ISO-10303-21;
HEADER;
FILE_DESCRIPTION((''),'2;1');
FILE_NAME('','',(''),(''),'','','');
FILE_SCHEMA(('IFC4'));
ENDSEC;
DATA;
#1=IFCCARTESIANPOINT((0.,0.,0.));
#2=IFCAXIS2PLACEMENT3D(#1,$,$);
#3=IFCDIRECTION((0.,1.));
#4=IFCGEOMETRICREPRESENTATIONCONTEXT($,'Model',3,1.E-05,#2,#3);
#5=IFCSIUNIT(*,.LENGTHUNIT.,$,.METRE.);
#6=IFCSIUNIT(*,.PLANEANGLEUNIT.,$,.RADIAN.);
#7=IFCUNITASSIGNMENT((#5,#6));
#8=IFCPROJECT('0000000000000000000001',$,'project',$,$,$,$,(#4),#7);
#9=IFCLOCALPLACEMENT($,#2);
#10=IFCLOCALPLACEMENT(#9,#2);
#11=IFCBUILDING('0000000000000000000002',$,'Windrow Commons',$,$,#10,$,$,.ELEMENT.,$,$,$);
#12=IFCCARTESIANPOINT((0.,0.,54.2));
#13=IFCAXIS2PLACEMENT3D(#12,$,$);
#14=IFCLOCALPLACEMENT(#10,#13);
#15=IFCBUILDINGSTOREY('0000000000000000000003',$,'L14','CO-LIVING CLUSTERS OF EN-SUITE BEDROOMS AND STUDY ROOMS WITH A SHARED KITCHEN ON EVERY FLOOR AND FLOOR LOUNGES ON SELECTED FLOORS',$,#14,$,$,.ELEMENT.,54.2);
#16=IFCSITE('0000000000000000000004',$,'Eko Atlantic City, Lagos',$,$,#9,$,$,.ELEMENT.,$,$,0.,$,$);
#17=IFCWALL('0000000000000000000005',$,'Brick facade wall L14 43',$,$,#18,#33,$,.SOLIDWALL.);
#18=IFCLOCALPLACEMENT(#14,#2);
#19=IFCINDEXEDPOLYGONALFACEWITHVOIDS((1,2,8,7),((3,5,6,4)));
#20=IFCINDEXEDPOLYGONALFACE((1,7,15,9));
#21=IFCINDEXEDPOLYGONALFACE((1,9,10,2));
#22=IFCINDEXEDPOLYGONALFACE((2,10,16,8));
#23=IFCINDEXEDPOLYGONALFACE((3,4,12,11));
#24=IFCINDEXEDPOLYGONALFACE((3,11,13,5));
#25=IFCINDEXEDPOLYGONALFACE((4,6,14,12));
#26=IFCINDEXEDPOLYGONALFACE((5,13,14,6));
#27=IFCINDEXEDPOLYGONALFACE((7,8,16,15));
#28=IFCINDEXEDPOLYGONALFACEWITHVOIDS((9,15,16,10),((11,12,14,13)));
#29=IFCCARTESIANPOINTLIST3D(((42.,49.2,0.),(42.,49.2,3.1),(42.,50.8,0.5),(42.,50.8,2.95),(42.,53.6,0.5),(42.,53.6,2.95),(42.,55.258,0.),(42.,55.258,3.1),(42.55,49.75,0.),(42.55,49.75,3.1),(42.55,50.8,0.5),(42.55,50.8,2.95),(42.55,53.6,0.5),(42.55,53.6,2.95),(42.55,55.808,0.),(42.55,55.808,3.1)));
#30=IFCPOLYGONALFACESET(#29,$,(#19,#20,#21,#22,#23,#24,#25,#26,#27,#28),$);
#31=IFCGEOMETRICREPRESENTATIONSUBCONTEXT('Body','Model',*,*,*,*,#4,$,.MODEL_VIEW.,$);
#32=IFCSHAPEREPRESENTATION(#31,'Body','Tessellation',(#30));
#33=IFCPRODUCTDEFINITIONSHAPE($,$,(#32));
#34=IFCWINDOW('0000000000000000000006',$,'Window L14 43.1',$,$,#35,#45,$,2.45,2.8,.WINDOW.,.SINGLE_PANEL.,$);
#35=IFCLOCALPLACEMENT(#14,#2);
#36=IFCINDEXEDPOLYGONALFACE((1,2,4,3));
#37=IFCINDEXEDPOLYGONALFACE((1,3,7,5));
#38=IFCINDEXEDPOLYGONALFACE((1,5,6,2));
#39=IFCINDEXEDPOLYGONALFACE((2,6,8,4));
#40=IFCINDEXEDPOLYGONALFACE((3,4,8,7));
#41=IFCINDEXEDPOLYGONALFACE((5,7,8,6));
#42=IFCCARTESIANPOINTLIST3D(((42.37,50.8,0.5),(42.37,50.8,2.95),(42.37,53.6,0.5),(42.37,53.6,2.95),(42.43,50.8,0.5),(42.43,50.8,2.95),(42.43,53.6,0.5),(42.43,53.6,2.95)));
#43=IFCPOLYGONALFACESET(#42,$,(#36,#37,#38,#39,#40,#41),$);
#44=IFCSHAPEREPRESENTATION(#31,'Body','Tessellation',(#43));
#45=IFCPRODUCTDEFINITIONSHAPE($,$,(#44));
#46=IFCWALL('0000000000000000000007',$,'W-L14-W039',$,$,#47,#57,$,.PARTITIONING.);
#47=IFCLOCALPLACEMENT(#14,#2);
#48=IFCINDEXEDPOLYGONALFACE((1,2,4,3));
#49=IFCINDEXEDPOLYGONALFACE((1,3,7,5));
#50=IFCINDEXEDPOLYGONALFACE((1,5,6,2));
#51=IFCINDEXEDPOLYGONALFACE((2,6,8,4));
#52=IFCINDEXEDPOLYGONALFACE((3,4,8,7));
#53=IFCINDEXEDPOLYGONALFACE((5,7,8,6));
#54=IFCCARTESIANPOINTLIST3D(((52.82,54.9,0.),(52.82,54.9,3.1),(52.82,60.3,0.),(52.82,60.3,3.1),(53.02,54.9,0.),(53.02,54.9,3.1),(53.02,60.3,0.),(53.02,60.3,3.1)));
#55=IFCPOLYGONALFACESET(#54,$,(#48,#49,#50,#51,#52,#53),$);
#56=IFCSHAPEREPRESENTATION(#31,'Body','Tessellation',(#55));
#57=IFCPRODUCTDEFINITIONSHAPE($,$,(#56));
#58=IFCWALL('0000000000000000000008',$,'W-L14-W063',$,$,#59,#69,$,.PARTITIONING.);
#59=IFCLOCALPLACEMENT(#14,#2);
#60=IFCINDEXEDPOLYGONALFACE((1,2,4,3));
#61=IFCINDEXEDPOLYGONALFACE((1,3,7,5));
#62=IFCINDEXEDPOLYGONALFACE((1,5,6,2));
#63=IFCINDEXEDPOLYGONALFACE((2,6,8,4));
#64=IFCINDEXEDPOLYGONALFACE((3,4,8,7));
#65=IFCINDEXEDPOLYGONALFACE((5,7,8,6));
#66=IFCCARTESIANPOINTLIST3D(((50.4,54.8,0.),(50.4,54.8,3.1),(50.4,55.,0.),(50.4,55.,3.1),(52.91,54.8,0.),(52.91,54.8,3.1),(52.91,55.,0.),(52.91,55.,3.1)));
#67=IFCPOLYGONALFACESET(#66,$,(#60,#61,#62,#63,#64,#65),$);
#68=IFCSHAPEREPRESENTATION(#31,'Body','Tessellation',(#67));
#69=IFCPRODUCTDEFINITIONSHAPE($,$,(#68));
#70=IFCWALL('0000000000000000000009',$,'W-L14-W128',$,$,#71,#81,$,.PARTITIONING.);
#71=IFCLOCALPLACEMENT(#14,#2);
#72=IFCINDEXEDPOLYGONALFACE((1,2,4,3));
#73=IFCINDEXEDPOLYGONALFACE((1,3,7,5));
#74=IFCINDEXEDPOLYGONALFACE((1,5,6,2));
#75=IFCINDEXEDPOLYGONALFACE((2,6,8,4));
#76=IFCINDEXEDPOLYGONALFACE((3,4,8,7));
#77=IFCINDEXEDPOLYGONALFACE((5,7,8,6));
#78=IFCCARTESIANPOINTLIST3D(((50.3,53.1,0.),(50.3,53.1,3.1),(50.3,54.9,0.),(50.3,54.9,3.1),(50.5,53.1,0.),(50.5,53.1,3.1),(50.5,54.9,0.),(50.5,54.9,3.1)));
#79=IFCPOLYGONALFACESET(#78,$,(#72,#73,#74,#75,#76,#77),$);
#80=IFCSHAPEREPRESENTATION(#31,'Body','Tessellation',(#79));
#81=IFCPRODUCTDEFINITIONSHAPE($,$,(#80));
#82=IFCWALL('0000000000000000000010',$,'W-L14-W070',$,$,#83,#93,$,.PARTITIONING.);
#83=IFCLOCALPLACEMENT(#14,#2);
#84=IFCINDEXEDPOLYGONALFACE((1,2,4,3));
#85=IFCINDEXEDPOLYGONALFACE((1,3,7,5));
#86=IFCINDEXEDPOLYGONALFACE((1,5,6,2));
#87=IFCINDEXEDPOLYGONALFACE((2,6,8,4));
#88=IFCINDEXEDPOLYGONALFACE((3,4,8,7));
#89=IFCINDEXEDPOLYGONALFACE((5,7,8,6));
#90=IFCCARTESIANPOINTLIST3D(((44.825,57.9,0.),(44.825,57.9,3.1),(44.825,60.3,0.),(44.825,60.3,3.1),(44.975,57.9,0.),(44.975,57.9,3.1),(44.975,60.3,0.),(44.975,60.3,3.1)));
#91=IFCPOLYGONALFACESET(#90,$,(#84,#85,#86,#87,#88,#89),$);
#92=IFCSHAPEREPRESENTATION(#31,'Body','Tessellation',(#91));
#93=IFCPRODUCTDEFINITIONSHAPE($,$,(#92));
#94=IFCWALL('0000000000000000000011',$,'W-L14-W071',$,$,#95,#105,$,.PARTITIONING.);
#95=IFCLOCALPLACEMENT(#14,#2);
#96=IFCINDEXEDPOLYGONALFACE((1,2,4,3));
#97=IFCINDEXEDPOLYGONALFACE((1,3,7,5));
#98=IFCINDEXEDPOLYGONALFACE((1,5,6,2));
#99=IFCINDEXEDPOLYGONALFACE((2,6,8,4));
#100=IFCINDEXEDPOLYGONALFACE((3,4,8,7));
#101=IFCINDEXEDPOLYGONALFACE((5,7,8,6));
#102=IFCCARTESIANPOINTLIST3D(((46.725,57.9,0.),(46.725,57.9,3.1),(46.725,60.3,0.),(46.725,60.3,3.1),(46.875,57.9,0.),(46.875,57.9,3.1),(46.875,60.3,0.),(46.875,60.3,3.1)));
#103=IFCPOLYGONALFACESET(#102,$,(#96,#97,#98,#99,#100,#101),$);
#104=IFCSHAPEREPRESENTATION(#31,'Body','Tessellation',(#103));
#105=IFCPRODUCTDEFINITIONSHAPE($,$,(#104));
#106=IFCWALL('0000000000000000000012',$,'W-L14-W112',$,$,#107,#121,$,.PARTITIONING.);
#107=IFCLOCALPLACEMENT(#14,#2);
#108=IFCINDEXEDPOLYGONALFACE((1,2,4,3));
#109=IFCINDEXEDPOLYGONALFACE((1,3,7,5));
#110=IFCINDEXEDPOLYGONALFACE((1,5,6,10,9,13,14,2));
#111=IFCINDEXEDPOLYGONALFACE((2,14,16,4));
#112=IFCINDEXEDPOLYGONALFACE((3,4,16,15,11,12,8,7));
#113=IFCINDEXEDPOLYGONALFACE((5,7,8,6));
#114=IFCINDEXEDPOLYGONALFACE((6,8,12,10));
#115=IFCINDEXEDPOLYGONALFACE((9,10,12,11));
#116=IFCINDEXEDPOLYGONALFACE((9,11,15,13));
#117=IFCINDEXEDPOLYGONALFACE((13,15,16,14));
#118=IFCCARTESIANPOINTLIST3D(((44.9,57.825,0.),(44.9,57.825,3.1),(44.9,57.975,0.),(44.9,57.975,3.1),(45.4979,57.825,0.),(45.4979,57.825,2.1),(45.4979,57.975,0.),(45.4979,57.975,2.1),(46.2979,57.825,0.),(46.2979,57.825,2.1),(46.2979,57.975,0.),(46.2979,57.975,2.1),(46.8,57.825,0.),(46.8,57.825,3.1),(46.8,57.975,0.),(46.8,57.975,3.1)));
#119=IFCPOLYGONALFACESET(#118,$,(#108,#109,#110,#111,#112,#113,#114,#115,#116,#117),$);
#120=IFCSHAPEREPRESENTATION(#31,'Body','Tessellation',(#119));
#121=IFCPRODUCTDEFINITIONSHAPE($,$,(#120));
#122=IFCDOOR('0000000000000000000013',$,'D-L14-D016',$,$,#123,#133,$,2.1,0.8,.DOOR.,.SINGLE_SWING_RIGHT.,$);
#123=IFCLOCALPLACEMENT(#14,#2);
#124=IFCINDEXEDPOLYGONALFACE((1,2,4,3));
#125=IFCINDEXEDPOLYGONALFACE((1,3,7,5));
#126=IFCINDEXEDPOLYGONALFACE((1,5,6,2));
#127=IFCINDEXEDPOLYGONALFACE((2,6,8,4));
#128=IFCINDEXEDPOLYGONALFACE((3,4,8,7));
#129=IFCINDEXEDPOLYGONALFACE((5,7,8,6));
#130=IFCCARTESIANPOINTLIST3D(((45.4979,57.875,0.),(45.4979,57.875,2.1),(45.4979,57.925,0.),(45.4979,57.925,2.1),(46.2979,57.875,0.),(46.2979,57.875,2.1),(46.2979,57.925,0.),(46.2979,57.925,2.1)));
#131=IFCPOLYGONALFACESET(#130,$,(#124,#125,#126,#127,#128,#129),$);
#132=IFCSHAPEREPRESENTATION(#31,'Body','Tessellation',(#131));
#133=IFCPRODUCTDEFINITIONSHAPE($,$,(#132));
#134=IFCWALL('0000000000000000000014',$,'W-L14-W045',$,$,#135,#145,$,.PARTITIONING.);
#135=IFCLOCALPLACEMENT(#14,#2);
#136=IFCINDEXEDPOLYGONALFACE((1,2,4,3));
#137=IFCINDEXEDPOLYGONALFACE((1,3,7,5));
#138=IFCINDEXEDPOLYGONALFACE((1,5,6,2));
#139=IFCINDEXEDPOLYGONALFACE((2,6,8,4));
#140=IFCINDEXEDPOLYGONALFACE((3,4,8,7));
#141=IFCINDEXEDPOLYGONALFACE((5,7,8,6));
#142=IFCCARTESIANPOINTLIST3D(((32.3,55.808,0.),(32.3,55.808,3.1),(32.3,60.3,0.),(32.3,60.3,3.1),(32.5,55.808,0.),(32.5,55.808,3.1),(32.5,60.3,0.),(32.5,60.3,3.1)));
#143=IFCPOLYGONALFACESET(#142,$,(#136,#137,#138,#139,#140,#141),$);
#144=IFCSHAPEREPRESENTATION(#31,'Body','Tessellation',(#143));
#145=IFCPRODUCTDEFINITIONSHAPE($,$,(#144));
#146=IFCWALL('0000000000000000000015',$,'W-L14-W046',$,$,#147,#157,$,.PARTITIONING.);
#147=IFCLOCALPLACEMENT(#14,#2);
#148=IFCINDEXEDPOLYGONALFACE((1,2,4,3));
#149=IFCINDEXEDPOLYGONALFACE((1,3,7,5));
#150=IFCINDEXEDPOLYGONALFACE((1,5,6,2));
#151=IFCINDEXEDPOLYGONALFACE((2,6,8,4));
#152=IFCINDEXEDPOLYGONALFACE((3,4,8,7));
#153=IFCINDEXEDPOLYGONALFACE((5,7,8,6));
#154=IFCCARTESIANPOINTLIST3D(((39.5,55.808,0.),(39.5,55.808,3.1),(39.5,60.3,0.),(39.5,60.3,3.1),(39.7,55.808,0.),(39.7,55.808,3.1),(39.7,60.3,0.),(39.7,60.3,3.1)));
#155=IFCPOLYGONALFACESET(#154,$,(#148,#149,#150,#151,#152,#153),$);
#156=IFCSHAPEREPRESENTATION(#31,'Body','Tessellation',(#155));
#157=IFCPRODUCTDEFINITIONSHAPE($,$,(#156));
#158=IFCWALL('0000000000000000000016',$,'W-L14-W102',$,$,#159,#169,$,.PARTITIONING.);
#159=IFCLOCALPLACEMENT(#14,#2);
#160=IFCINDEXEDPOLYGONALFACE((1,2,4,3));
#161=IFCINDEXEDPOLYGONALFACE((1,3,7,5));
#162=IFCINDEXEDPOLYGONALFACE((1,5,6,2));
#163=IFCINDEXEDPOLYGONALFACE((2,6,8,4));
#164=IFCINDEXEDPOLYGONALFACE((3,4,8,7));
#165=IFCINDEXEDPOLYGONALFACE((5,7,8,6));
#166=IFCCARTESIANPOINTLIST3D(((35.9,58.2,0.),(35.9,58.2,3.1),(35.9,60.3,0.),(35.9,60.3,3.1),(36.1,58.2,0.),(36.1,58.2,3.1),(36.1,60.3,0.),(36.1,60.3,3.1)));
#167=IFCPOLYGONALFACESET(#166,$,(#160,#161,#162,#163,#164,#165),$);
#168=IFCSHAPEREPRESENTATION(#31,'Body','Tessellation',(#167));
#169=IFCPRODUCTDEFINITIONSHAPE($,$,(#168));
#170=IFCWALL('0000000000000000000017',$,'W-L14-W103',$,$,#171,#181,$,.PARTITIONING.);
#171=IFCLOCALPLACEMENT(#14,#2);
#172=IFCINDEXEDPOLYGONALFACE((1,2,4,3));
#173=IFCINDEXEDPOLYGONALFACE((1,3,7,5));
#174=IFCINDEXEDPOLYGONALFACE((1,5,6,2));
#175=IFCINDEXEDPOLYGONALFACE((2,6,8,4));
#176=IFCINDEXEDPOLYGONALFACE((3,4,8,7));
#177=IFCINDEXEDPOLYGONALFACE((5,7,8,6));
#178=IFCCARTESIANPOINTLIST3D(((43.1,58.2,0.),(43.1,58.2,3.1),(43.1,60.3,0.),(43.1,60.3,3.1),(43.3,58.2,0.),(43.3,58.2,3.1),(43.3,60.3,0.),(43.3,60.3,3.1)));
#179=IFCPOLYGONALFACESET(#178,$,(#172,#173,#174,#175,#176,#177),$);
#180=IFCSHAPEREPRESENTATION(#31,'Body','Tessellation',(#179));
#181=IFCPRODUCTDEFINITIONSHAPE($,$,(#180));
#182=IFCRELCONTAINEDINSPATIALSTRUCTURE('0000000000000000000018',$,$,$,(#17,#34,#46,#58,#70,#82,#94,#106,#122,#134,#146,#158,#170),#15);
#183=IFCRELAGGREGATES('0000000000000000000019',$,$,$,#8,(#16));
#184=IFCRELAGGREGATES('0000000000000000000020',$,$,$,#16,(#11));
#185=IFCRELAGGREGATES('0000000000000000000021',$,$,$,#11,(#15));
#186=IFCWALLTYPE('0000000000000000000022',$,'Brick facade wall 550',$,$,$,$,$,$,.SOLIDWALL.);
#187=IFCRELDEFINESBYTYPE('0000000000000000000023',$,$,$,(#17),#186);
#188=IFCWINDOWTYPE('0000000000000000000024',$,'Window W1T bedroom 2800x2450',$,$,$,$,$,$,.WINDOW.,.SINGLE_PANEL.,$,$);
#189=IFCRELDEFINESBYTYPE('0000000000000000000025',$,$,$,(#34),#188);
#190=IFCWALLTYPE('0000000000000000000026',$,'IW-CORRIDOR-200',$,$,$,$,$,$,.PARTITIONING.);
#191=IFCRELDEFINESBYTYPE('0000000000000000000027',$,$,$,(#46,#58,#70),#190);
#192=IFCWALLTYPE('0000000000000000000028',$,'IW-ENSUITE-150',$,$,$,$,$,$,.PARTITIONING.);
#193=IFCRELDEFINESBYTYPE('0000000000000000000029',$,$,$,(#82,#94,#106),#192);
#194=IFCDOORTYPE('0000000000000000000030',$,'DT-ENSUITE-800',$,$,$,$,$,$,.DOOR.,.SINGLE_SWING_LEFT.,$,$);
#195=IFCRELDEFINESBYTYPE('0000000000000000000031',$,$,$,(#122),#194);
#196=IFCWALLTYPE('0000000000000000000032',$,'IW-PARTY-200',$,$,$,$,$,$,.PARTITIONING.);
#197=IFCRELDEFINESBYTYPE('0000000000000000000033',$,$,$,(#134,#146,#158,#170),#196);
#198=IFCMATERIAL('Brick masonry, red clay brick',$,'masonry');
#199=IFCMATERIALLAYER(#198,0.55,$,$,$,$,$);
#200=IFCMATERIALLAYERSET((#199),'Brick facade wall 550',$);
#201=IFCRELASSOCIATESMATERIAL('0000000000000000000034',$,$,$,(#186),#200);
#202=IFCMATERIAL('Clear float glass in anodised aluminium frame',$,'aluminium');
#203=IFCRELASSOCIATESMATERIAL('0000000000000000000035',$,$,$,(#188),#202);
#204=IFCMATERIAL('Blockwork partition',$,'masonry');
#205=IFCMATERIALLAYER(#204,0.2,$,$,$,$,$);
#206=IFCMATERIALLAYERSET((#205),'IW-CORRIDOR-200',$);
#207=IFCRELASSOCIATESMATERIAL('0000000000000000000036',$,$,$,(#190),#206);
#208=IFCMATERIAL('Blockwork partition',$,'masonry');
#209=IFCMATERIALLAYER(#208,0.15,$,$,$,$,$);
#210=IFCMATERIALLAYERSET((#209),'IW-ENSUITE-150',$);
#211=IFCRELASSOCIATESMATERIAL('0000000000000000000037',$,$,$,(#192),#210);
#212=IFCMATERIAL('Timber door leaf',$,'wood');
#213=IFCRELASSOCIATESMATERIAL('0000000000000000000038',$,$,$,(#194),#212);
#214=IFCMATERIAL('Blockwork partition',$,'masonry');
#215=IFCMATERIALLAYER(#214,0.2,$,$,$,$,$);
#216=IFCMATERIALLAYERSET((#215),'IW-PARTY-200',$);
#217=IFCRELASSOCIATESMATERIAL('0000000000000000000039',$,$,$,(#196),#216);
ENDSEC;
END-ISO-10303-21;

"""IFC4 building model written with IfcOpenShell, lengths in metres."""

from ifc_helpers import new_model, si_unit, direction, frame, frame_2d, origin, place, context, subcontext, project, spatial, polyline, rectangle, outline, extrude, material, layer, layer_set, type_object, element, fill, save


model = new_model("IFC4")

# Units and contexts
model_context = context("Model", 3, precision=1e-05, world=origin(), true_north=direction((0.0, 1.0)))
body_context = subcontext(model_context, "Body", "Model", "MODEL_VIEW")
ifc_project = project(units=[si_unit("LENGTHUNIT", "METRE"), si_unit("PLANEANGLEUNIT", "RADIAN")], contexts=[model_context])

# Site, building, storey
site_placement = place(None, origin())
site = spatial("IfcSite", under=ifc_project, at=site_placement, Name="Eko Atlantic City, Lagos", CompositionType="ELEMENT", RefElevation=0.0)
building_placement = place(site_placement, origin())
building = spatial("IfcBuilding", under=site, at=building_placement, Name="Windrow Commons", CompositionType="ELEMENT")
storey_placement = place(building_placement, frame((0.0, 0.0, 54.2)))
storey = spatial("IfcBuildingStorey", under=building, at=storey_placement, Name="L14", Description="CO-LIVING CLUSTERS OF EN-SUITE BEDROOMS AND STUDY ROOMS WITH A SHARED KITCHEN ON EVERY FLOOR AND FLOOR LOUNGES ON SELECTED FLOORS", CompositionType="ELEMENT", Elevation=54.2)

# Shared definitions
ifc_material_1 = material(Name="Brick masonry, red clay brick", Category="masonry")
ifc_layer_1 = layer(ifc_material_1, 0.55)
ifc_layer_set_1 = layer_set([ifc_layer_1], Name="Brick facade wall 550")
wall_type_1 = type_object("IfcWallType", Name="Brick facade wall 550", PredefinedType="SOLIDWALL", material=ifc_layer_set_1)
ifc_material_2 = material(Name="Clear float glass in anodised aluminium frame", Category="aluminium")
window_type_1 = type_object("IfcWindowType", Name="Window W1T bedroom 2800x2450", PartitioningType="SINGLE_PANEL", PredefinedType="WINDOW", material=ifc_material_2)

# Wall, opening, window
wall_1_placement = place(storey_placement, frame((42.275, 55.533, 0.0), z_axis=(0.0, 0.0, 1.0), x_axis=(0.0, -1.0, 0.0)))
wall_1 = element("IfcWall", 1, at=wall_1_placement, inside=storey, type_object=wall_type_1, Name="Brick facade wall L14 43", PredefinedType="SOLIDWALL", context=body_context, shape_type="SweptSolid", body=[
    extrude(outline(polyline([(0.275, -0.275), (6.333, -0.275), (5.783, 0.275), (-0.275, 0.275), (0.275, -0.275)])), origin(), (0.0, 0.0, 1.0), 3.1),
])
opening_1_placement = place(wall_1_placement, frame((1.933, 0.0, 0.5)))
opening_1 = element("IfcOpeningElement", 2, at=opening_1_placement, cuts=wall_1, PredefinedType="OPENING", context=body_context, shape_type="SweptSolid", body=[
    extrude(rectangle(XDim=2.8, YDim=2.45, at=frame_2d((1.4, 1.225))), frame((0.0, 0.285, 0.0), z_axis=(0.0, -1.0, 0.0), x_axis=(1.0, 0.0, 0.0)), (0.0, 0.0, 1.0), 0.57),
])
window_1_placement = place(opening_1_placement, origin())
window_1 = element("IfcWindow", 3, at=window_1_placement, inside=storey, type_object=window_type_1, Name="Window L14 43.1", OverallHeight=2.45, OverallWidth=2.8, PartitioningType="SINGLE_PANEL", PredefinedType="WINDOW", context=body_context, shape_type="SweptSolid", body=[
    extrude(rectangle(XDim=2.8, YDim=2.45, at=frame_2d((1.4, 1.225))), frame((0.0, 0.155, 0.0), z_axis=(0.0, -1.0, 0.0), x_axis=(1.0, 0.0, 0.0)), (0.0, 0.0, 1.0), 0.06),
])
fill(opening_1, window_1)

# Walls
ifc_material_3 = material(Name="Blockwork partition", Category="masonry")
ifc_layer_2 = layer(ifc_material_3, 0.2)
ifc_layer_set_2 = layer_set([ifc_layer_2], Name="IW-CORRIDOR-200")
wall_type_2 = type_object("IfcWallType", Name="IW-CORRIDOR-200", PredefinedType="PARTITIONING", material=ifc_layer_set_2)
wall_2_placement = place(storey_placement, frame((52.92, 54.9, 0.0), z_axis=(0.0, 0.0, 1.0), x_axis=(0.0, 1.0, 0.0)))
element("IfcWall", 4, at=wall_2_placement, inside=storey, type_object=wall_type_2, Name="W-L14-W039", PredefinedType="PARTITIONING", context=body_context, shape_type="SweptSolid", body=[
    extrude(rectangle(XDim=5.4, YDim=0.2, at=frame_2d((2.7, 0.0))), origin(), (0.0, 0.0, 1.0), 3.1),
])
wall_3_placement = place(storey_placement, frame((50.4, 54.9, 0.0), z_axis=(0.0, 0.0, 1.0), x_axis=(1.0, 0.0, 0.0)))
element("IfcWall", 5, at=wall_3_placement, inside=storey, type_object=wall_type_2, Name="W-L14-W063", PredefinedType="PARTITIONING", context=body_context, shape_type="SweptSolid", body=[
    extrude(rectangle(XDim=2.51, YDim=0.2, at=frame_2d((1.255, 0.0))), origin(), (0.0, 0.0, 1.0), 3.1),
])
wall_4_placement = place(storey_placement, frame((50.4, 53.1, 0.0), z_axis=(0.0, 0.0, 1.0), x_axis=(0.0, 1.0, 0.0)))
element("IfcWall", 6, at=wall_4_placement, inside=storey, type_object=wall_type_2, Name="W-L14-W128", PredefinedType="PARTITIONING", context=body_context, shape_type="SweptSolid", body=[
    extrude(rectangle(XDim=1.8, YDim=0.2, at=frame_2d((0.9, 0.0))), origin(), (0.0, 0.0, 1.0), 3.1),
])
ifc_material_4 = material(Name="Blockwork partition", Category="masonry")
ifc_layer_3 = layer(ifc_material_4, 0.15)
ifc_layer_set_3 = layer_set([ifc_layer_3], Name="IW-ENSUITE-150")
wall_type_3 = type_object("IfcWallType", Name="IW-ENSUITE-150", PredefinedType="PARTITIONING", material=ifc_layer_set_3)
for number, where, z_axis, x_axis, name in (
    (7, (44.9, 57.9, 0.0), (0.0, 0.0, 1.0), (0.0, 1.0, 0.0), "W-L14-W070"),
    (8, (46.8, 57.9, 0.0), (0.0, 0.0, 1.0), (0.0, 1.0, 0.0), "W-L14-W071"),
):
    element("IfcWall", number, at=place(storey_placement, frame(where, z_axis=z_axis, x_axis=x_axis)), inside=storey, type_object=wall_type_3, Name=name, PredefinedType="PARTITIONING", context=body_context, shape_type="SweptSolid", body=[
        extrude(rectangle(XDim=2.4, YDim=0.15, at=frame_2d((1.2, 0.0))), origin(), (0.0, 0.0, 1.0), 3.1),
    ])

# Wall, opening, door
wall_5_placement = place(storey_placement, frame((44.9, 57.9, 0.0), z_axis=(0.0, 0.0, 1.0), x_axis=(1.0, 0.0, 0.0)))
wall_5 = element("IfcWall", 9, at=wall_5_placement, inside=storey, type_object=wall_type_3, Name="W-L14-W112", PredefinedType="PARTITIONING", context=body_context, shape_type="SweptSolid", body=[
    extrude(rectangle(XDim=1.9, YDim=0.15, at=frame_2d((0.95, 0.0))), origin(), (0.0, 0.0, 1.0), 3.1),
])
opening_2_placement = place(wall_5_placement, frame((0.5979, 0.0, 0.0)))
opening_2 = element("IfcOpeningElement", 10, at=opening_2_placement, cuts=wall_5, PredefinedType="OPENING", context=body_context, shape_type="SweptSolid", body=[
    extrude(rectangle(XDim=0.8, YDim=2.1, at=frame_2d((0.4, 1.05))), frame((0.0, 0.085, 0.0), z_axis=(0.0, -1.0, 0.0), x_axis=(1.0, 0.0, 0.0)), (0.0, 0.0, 1.0), 0.17),
])
ifc_material_5 = material(Name="Timber door leaf", Category="wood")
door_type = type_object("IfcDoorType", Name="DT-ENSUITE-800", OperationType="SINGLE_SWING_LEFT", PredefinedType="DOOR", material=ifc_material_5)
door_placement = place(opening_2_placement, origin())
door = element("IfcDoor", 11, at=door_placement, inside=storey, type_object=door_type, Name="D-L14-D016", OperationType="SINGLE_SWING_RIGHT", OverallHeight=2.1, OverallWidth=0.8, PredefinedType="DOOR", context=body_context, shape_type="SweptSolid", body=[
    extrude(rectangle(XDim=0.8, YDim=2.1, at=frame_2d((0.4, 1.05))), frame((0.0, 0.025, 0.0), z_axis=(0.0, -1.0, 0.0), x_axis=(1.0, 0.0, 0.0)), (0.0, 0.0, 1.0), 0.05),
])
fill(opening_2, door)

# Walls
ifc_material_6 = material(Name="Blockwork partition", Category="masonry")
ifc_layer_4 = layer(ifc_material_6, 0.2)
ifc_layer_set_4 = layer_set([ifc_layer_4], Name="IW-PARTY-200")
wall_type_4 = type_object("IfcWallType", Name="IW-PARTY-200", PredefinedType="PARTITIONING", material=ifc_layer_set_4)
for number, where, z_axis, x_axis, name in (
    (12, (32.4, 55.808, 0.0), (0.0, 0.0, 1.0), (0.0, 1.0, 0.0), "W-L14-W045"),
    (13, (39.6, 55.808, 0.0), (0.0, 0.0, 1.0), (0.0, 1.0, 0.0), "W-L14-W046"),
):
    element("IfcWall", number, at=place(storey_placement, frame(where, z_axis=z_axis, x_axis=x_axis)), inside=storey, type_object=wall_type_4, Name=name, PredefinedType="PARTITIONING", context=body_context, shape_type="SweptSolid", body=[
        extrude(rectangle(XDim=4.492, YDim=0.2, at=frame_2d((2.246, 0.0))), origin(), (0.0, 0.0, 1.0), 3.1),
    ])
for number, where, z_axis, x_axis, name in (
    (14, (36.0, 58.2, 0.0), (0.0, 0.0, 1.0), (0.0, 1.0, 0.0), "W-L14-W102"),
    (15, (43.2, 58.2, 0.0), (0.0, 0.0, 1.0), (0.0, 1.0, 0.0), "W-L14-W103"),
):
    element("IfcWall", number, at=place(storey_placement, frame(where, z_axis=z_axis, x_axis=x_axis)), inside=storey, type_object=wall_type_4, Name=name, PredefinedType="PARTITIONING", context=body_context, shape_type="SweptSolid", body=[
        extrude(rectangle(XDim=2.1, YDim=0.2, at=frame_2d((1.05, 0.0))), origin(), (0.0, 0.0, 1.0), 3.1),
    ])

save(model, "model.ifc")
